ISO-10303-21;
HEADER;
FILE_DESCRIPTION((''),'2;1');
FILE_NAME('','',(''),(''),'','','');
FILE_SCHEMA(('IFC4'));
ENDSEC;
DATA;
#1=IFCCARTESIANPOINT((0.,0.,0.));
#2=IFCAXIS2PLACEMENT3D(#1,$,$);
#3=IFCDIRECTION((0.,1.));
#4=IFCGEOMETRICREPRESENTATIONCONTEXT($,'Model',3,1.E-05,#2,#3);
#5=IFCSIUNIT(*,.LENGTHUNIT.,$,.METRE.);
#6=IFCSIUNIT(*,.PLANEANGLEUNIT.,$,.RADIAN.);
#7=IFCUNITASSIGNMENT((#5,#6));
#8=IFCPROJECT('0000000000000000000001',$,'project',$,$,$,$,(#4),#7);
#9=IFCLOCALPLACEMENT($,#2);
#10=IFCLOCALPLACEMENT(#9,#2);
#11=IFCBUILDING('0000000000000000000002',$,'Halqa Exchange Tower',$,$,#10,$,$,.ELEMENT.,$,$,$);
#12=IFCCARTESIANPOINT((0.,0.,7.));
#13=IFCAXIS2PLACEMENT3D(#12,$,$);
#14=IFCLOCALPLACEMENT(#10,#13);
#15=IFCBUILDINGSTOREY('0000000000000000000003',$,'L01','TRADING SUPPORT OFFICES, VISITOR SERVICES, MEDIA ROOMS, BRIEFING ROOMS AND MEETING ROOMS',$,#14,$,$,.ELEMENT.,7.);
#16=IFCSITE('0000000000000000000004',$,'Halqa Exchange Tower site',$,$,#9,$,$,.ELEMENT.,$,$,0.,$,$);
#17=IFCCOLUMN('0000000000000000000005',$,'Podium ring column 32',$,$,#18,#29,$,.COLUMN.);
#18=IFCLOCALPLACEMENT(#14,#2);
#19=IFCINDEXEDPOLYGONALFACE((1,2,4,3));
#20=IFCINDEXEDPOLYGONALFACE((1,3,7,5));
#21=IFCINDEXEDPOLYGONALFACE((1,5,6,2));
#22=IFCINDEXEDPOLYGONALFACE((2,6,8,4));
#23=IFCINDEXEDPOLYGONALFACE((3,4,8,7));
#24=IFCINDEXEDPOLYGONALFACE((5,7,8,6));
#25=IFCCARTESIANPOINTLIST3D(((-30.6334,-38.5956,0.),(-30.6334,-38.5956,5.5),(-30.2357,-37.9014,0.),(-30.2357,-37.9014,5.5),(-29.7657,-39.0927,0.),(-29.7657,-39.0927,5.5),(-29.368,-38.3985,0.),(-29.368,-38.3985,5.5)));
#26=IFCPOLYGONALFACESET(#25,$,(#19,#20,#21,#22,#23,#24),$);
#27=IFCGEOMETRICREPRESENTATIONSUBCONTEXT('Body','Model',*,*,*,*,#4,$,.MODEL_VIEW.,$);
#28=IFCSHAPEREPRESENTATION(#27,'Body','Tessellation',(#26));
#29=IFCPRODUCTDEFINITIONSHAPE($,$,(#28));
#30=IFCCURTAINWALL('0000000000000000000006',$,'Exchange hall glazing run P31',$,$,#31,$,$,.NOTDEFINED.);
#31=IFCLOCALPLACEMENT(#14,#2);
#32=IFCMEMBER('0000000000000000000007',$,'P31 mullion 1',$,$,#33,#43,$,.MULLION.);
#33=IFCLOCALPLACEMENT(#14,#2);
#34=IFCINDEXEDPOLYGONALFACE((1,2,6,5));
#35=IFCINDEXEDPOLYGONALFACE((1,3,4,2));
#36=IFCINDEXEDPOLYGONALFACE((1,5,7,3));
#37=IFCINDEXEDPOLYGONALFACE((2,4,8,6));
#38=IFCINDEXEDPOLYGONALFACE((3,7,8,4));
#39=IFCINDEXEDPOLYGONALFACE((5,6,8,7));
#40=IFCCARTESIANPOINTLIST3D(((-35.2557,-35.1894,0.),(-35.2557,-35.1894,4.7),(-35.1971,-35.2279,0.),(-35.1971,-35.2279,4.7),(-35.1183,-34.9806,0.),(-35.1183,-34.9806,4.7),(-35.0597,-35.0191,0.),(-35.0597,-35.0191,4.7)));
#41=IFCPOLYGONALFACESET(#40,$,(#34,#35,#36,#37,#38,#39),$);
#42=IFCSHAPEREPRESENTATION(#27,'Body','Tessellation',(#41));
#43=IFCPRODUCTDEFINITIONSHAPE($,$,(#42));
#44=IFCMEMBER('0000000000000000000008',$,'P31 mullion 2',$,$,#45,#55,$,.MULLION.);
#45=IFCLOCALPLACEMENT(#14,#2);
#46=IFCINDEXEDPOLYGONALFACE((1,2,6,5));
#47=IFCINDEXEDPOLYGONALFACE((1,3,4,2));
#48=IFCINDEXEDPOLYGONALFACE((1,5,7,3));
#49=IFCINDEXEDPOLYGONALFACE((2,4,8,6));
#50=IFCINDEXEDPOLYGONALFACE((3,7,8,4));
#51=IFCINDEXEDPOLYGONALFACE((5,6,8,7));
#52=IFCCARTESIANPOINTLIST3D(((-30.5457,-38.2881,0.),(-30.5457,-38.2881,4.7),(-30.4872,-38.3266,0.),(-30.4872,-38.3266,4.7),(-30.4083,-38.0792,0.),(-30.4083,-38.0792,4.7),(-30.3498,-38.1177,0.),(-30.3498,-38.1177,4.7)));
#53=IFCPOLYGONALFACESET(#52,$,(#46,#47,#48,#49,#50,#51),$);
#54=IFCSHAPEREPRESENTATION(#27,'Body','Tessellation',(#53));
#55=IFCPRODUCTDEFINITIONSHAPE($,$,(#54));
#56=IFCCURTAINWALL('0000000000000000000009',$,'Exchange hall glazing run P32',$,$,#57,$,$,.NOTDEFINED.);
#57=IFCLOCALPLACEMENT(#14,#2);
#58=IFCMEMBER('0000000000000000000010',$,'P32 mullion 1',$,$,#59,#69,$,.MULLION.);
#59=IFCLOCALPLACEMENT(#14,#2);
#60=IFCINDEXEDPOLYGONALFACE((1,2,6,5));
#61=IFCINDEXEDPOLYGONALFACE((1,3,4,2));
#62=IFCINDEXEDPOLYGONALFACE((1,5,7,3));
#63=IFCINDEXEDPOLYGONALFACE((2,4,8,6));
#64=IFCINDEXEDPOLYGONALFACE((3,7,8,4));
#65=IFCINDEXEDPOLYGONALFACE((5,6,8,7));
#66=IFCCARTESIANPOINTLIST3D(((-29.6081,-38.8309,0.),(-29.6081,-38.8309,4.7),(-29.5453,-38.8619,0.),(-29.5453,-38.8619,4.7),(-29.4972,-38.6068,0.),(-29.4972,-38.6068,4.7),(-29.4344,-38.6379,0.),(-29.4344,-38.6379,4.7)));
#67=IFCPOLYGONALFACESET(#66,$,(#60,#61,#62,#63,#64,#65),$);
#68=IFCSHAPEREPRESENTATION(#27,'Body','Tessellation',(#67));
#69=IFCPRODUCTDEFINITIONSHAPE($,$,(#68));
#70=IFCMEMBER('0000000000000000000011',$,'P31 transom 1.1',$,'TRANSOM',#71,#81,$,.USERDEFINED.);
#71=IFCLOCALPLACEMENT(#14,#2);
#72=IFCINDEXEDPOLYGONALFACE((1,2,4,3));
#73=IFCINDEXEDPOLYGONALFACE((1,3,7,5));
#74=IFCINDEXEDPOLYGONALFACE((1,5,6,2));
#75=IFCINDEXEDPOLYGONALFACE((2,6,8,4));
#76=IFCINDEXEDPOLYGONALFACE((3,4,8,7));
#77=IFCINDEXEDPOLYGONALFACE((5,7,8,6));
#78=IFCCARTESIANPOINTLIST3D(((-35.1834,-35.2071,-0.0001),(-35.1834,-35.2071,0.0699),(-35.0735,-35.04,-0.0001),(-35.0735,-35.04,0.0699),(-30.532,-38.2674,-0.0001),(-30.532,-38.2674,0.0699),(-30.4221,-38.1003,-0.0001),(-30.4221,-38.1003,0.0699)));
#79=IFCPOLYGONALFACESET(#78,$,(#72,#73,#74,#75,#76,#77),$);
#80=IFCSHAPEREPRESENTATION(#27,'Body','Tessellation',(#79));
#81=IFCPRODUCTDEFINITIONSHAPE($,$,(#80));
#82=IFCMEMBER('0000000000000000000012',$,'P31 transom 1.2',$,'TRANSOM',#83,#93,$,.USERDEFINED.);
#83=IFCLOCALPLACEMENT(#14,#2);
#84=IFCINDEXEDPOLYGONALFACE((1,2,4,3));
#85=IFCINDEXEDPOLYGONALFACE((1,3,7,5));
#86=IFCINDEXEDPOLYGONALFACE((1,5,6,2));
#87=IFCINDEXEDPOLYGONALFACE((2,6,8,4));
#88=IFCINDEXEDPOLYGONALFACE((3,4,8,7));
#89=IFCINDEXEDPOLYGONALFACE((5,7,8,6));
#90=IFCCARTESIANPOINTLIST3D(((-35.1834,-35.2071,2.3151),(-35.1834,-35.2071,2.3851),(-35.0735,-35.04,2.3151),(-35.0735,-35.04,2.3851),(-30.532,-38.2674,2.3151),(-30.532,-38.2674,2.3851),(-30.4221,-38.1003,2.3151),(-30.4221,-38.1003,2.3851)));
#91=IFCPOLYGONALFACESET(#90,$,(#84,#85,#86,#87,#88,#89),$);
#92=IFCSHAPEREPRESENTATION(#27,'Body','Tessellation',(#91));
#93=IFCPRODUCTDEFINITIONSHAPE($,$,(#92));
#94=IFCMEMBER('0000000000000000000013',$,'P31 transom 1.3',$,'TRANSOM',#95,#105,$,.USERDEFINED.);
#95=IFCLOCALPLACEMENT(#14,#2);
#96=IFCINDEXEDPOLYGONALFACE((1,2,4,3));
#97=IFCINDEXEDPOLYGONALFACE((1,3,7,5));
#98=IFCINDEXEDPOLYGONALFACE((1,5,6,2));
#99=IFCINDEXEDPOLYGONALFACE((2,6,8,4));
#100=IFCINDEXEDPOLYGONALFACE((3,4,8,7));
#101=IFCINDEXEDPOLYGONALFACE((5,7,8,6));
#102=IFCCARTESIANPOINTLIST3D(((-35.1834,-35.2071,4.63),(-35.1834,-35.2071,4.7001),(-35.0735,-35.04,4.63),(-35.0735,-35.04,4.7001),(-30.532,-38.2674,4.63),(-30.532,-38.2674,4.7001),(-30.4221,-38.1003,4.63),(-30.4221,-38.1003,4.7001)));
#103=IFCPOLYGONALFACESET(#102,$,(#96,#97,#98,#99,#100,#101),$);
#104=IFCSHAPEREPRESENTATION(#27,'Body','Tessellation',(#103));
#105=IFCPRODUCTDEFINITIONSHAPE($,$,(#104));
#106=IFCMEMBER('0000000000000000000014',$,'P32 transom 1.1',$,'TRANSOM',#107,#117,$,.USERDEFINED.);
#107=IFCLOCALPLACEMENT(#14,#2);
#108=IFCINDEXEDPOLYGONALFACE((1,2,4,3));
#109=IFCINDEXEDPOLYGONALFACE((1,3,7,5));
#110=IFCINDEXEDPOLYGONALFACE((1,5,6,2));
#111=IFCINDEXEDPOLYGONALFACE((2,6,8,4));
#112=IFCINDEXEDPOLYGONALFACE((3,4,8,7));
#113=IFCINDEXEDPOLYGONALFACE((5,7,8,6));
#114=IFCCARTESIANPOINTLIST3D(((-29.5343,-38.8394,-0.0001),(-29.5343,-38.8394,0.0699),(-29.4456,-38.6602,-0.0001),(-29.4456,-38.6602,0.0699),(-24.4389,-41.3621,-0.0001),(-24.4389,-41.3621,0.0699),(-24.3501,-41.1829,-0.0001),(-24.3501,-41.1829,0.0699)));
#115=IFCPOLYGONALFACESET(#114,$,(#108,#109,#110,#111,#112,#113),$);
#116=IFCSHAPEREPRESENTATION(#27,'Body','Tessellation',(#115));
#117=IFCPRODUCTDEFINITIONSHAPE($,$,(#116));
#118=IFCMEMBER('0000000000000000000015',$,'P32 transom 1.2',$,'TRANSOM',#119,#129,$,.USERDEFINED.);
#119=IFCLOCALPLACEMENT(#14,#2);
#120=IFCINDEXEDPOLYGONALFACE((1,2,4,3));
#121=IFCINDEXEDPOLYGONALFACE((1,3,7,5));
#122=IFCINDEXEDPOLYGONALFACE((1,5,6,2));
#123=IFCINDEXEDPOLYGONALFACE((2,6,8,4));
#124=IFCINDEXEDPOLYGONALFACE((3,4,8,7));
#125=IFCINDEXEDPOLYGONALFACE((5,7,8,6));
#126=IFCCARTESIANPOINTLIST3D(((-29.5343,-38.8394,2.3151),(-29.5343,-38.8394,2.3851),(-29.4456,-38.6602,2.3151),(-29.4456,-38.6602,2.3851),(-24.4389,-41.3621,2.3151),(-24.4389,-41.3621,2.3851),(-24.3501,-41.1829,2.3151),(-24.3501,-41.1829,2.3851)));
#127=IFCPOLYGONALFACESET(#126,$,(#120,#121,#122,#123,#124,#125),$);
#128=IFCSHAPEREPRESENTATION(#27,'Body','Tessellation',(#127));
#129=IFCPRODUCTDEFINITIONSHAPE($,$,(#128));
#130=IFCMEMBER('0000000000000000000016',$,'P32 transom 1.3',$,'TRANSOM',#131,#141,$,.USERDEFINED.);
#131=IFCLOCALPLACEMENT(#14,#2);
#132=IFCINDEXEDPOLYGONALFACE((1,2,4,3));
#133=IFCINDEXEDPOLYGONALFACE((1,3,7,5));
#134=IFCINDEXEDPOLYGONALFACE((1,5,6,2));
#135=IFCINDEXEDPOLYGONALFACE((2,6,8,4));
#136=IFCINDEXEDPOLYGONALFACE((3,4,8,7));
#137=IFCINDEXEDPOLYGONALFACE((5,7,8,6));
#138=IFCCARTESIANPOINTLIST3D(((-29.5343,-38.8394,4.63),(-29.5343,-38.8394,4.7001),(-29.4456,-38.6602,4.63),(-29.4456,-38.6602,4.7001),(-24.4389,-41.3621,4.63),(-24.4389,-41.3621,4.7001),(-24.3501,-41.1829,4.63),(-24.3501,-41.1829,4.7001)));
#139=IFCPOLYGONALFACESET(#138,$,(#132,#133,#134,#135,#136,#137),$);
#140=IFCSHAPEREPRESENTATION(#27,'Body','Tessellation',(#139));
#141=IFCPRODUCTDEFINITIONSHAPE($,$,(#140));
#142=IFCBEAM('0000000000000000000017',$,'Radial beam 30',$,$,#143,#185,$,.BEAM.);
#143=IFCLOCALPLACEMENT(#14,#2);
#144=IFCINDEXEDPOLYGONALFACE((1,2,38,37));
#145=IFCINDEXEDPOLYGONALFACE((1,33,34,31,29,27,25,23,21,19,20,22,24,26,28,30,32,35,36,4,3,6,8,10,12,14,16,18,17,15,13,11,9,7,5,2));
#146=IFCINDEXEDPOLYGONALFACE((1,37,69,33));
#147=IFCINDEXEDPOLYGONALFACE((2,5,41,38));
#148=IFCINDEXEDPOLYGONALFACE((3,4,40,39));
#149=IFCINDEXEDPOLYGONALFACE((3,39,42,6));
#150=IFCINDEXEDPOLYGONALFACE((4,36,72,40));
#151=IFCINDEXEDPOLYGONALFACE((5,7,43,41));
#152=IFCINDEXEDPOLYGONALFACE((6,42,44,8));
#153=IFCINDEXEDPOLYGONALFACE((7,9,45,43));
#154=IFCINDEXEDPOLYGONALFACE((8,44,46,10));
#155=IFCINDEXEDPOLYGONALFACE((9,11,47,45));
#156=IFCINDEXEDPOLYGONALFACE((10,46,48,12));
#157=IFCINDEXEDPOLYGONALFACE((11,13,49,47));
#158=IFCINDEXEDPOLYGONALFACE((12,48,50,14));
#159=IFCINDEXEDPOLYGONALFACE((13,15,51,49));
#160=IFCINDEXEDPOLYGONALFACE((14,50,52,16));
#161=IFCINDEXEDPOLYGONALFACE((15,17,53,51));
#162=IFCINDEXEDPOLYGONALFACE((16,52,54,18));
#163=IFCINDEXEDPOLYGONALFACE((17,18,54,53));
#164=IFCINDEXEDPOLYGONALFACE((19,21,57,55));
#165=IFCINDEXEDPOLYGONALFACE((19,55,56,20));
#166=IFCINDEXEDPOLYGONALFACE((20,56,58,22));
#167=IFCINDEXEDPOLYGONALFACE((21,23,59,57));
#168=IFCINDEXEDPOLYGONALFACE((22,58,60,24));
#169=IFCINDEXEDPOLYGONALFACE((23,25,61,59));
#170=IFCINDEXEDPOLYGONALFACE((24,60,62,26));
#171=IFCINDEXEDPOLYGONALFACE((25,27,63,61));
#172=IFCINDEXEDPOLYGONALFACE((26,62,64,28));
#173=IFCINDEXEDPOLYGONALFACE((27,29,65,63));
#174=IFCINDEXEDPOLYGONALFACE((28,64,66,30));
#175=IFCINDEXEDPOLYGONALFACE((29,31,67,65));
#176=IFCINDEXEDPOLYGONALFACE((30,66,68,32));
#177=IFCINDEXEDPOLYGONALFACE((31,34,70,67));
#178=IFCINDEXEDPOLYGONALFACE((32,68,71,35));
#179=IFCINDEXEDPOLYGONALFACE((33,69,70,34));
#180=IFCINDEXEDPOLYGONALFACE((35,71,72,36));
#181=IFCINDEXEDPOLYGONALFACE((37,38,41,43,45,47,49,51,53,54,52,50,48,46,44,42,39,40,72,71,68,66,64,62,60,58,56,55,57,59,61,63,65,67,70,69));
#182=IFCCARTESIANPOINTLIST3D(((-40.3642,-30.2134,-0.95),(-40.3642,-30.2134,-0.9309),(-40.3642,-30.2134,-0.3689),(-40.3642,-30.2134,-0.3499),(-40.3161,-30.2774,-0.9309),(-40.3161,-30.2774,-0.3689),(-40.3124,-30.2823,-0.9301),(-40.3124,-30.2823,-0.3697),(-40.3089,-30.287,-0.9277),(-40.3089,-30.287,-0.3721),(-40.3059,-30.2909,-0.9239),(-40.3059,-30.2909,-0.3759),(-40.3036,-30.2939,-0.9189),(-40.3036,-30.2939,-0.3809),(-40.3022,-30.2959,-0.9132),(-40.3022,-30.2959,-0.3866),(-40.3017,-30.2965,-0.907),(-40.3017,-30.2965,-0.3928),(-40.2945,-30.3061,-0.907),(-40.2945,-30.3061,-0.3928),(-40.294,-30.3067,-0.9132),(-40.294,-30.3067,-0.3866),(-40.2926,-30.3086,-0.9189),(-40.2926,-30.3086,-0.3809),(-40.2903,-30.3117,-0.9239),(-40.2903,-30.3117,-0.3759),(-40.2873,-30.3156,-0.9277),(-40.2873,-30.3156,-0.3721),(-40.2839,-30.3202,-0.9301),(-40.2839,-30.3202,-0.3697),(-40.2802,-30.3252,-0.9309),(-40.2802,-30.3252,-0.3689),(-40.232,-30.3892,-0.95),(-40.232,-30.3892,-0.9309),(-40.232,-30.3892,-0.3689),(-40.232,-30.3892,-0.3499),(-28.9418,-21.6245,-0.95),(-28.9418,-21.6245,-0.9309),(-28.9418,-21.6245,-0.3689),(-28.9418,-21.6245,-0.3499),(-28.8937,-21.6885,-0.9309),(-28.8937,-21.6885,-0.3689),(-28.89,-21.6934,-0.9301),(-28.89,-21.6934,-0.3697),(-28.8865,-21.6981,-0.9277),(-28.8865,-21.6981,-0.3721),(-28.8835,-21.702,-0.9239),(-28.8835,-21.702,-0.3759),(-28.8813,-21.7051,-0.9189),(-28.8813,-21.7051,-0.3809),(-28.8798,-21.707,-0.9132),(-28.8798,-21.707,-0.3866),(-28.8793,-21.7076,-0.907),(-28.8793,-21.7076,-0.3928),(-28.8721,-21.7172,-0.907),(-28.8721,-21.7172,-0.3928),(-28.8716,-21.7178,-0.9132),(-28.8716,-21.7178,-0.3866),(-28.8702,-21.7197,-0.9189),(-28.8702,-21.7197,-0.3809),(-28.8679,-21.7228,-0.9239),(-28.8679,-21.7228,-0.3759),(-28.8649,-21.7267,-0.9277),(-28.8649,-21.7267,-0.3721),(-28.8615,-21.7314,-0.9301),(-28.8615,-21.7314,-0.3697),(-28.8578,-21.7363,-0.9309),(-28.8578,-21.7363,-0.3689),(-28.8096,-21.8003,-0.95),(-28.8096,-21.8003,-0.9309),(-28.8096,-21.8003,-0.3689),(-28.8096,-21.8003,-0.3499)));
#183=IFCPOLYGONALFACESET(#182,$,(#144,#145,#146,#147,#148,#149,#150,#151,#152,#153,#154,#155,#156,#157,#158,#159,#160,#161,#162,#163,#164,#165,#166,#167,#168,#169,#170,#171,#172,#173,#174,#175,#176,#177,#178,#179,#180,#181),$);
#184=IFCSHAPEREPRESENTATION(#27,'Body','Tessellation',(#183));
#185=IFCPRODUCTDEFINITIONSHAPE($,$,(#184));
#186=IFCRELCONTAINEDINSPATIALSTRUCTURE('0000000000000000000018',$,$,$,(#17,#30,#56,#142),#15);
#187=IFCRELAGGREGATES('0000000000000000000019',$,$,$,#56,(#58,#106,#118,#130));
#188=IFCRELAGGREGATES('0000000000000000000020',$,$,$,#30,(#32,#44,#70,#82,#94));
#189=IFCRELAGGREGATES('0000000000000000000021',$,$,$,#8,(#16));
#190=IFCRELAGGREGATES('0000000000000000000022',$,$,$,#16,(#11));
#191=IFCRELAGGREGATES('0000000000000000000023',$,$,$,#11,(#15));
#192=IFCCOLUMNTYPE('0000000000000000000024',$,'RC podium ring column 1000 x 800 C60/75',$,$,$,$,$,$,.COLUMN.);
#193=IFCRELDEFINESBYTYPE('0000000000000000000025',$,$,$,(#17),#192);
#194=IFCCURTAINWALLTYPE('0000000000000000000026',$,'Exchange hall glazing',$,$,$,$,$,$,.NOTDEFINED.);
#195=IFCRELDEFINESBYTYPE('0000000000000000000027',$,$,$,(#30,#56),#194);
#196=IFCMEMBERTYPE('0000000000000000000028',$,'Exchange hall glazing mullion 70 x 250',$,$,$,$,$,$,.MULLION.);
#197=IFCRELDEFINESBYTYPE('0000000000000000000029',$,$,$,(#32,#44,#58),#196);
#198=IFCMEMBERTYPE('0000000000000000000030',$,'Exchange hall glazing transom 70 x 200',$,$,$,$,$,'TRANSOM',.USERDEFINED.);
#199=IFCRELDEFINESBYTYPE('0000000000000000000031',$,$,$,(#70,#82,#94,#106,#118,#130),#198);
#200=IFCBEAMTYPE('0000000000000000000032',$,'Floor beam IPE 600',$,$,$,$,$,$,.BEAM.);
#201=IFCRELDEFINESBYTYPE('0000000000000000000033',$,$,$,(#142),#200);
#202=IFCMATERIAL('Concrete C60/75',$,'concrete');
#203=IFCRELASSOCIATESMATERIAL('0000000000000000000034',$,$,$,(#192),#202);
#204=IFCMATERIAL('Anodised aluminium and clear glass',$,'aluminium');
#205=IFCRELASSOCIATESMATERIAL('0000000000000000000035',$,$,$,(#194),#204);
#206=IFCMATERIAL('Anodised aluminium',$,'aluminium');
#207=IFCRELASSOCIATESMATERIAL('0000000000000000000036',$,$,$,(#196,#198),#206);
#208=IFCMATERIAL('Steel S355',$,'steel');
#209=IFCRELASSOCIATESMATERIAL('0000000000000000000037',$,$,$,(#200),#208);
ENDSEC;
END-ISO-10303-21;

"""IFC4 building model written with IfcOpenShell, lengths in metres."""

from ifc_helpers import new_model, si_unit, direction, frame, origin, origin_2d, place, context, subcontext, project, spatial, rectangle, i_section, extrude, material, material_profile, profile_set, type_object, element, aggregate, save


model = new_model("IFC4")

# Units and contexts
model_context = context("Model", 3, precision=1e-05, world=origin(), true_north=direction((0.0, 1.0)))
body_context = subcontext(model_context, "Body", "Model", "MODEL_VIEW")
ifc_project = project(units=[si_unit("LENGTHUNIT", "METRE"), si_unit("PLANEANGLEUNIT", "RADIAN")], contexts=[model_context])

# Site, building, storey
site_placement = place(None, origin())
site = spatial("IfcSite", under=ifc_project, at=site_placement, Name="Halqa Exchange Tower site", CompositionType="ELEMENT", RefElevation=0.0)
building_placement = place(site_placement, origin())
building = spatial("IfcBuilding", under=site, at=building_placement, Name="Halqa Exchange Tower", CompositionType="ELEMENT")
storey_placement = place(building_placement, frame((0.0, 0.0, 7.0)))
storey = spatial("IfcBuildingStorey", under=building, at=storey_placement, Name="L01", Description="TRADING SUPPORT OFFICES, VISITOR SERVICES, MEDIA ROOMS, BRIEFING ROOMS AND MEETING ROOMS", CompositionType="ELEMENT", Elevation=7.0)

# Column
ifc_material_1 = material(Name="Concrete C60/75", Category="concrete")
ifc_material_profile_1 = material_profile(ifc_material_1, rectangle(XDim=1.0, YDim=0.8, at=origin_2d()), Name="1000 x 800")
ifc_profile_set_1 = profile_set([ifc_material_profile_1], Name="Concrete C60/75")
column_type = type_object("IfcColumnType", Name="RC podium ring column 1000 x 800 C60/75", PredefinedType="COLUMN", material=ifc_profile_set_1)
column_placement = place(storey_placement, frame((-30.0007, -38.4971, 0.0), z_axis=(0.0, 0.0, 1.0), x_axis=(0.867693, -0.4971, 0.0)))
element("IfcColumn", 1, at=column_placement, inside=storey, type_object=column_type, Name="Podium ring column 32", PredefinedType="COLUMN", context=body_context, shape_type="SweptSolid", body=[
    extrude(rectangle(XDim=1.0, YDim=0.8, at=origin_2d()), origin(), (0.0, 0.0, 1.0), 5.5),
])

# Curtain wall, members
ifc_material_2 = material(Name="Anodised aluminium and clear glass", Category="aluminium")
curtain_wall_type = type_object("IfcCurtainWallType", Name="Exchange hall glazing", PredefinedType="NOTDEFINED", material=ifc_material_2)
curtain_wall_1_placement = place(storey_placement, origin())
curtain_wall_1 = element("IfcCurtainWall", 2, at=curtain_wall_1_placement, inside=storey, type_object=curtain_wall_type, Name="Exchange hall glazing run P31", PredefinedType="NOTDEFINED")
ifc_material_3 = material(Name="Anodised aluminium", Category="aluminium")
ifc_material_profile_2 = material_profile(ifc_material_3, rectangle(XDim=0.25, YDim=0.0701, at=origin_2d()), Name="AL 70x250")
ifc_profile_set_2 = profile_set([ifc_material_profile_2], Name="Anodised aluminium")
member_type_1 = type_object("IfcMemberType", Name="Exchange hall glazing mullion 70 x 250", PredefinedType="MULLION", material=ifc_profile_set_2)
member_1_placement = place(storey_placement, frame((-35.1577, -35.1042, 0.0), z_axis=(0.0, 0.0, 1.0), x_axis=(0.54962, 0.835415, 0.0)))
member_1 = element("IfcMember", 3, at=member_1_placement, type_object=member_type_1, Name="P31 mullion 1", PredefinedType="MULLION", context=body_context, shape_type="SweptSolid", body=[
    extrude(rectangle(XDim=0.25, YDim=0.0701, at=origin_2d()), origin(), (0.0, 0.0, 1.0), 4.7),
])
member_2_placement = place(storey_placement, frame((-30.4478, -38.2029, 0.0), z_axis=(0.0, 0.0, 1.0), x_axis=(0.54962, 0.835415, 0.0)))
member_2 = element("IfcMember", 4, at=member_2_placement, type_object=member_type_1, Name="P31 mullion 2", PredefinedType="MULLION", context=body_context, shape_type="SweptSolid", body=[
    extrude(rectangle(XDim=0.25, YDim=0.0701, at=origin_2d()), origin(), (0.0, 0.0, 1.0), 4.7),
])

# Curtain wall, member
curtain_wall_2_placement = place(storey_placement, origin())
curtain_wall_2 = element("IfcCurtainWall", 5, at=curtain_wall_2_placement, inside=storey, type_object=curtain_wall_type, Name="Exchange hall glazing run P32", PredefinedType="NOTDEFINED")
member_3_placement = place(storey_placement, frame((-29.5212, -38.7344, 0.0), z_axis=(0.0, 0.0, 1.0), x_axis=(0.443653, 0.896198, 0.0)))
member_3 = element("IfcMember", 6, at=member_3_placement, type_object=member_type_1, Name="P32 mullion 1", PredefinedType="MULLION", context=body_context, shape_type="SweptSolid", body=[
    extrude(rectangle(XDim=0.25, YDim=0.0701, at=origin_2d()), origin(), (0.0, 0.0, 1.0), 4.7),
])

# Members
ifc_material_profile_3 = material_profile(ifc_material_3, rectangle(XDim=0.2, YDim=0.0701, at=origin_2d()), Name="AL 70x200")
ifc_profile_set_3 = profile_set([ifc_material_profile_3], Name="Anodised aluminium")
member_type_2 = type_object("IfcMemberType", Name="Exchange hall glazing transom 70 x 200", ElementType="TRANSOM", PredefinedType="USERDEFINED", material=ifc_profile_set_3)
member_4_placement = place(storey_placement, frame((-35.1284, -35.1235, 0.0349), z_axis=(0.835401, -0.549641, 0.0), x_axis=(0.549641, 0.835401, 0.0)))
member_4 = element("IfcMember", 7, at=member_4_placement, type_object=member_type_2, Name="P31 transom 1.1", ObjectType="TRANSOM", PredefinedType="USERDEFINED", context=body_context, shape_type="SweptSolid", body=[
    extrude(rectangle(XDim=0.2, YDim=0.0701, at=origin_2d()), origin(), (0.0, 0.0, 1.0), 5.5679),
])
member_5_placement = place(storey_placement, frame((-35.1284, -35.1235, 2.3501), z_axis=(0.835401, -0.549641, 0.0), x_axis=(0.549641, 0.835401, 0.0)))
member_5 = element("IfcMember", 8, at=member_5_placement, type_object=member_type_2, Name="P31 transom 1.2", ObjectType="TRANSOM", PredefinedType="USERDEFINED", context=body_context, shape_type="SweptSolid", body=[
    extrude(rectangle(XDim=0.2, YDim=0.0701, at=origin_2d()), origin(), (0.0, 0.0, 1.0), 5.5679),
])
member_6_placement = place(storey_placement, frame((-35.1284, -35.1235, 4.665), z_axis=(0.835401, -0.549641, 0.0), x_axis=(0.549641, 0.835401, 0.0)))
member_6 = element("IfcMember", 9, at=member_6_placement, type_object=member_type_2, Name="P31 transom 1.3", ObjectType="TRANSOM", PredefinedType="USERDEFINED", context=body_context, shape_type="SweptSolid", body=[
    extrude(rectangle(XDim=0.2, YDim=0.0701, at=origin_2d()), origin(), (0.0, 0.0, 1.0), 5.5679),
])
member_7_placement = place(storey_placement, frame((-29.49, -38.7498, 0.0349), z_axis=(0.896181, -0.443689, 0.0), x_axis=(0.443689, 0.896181, 0.0)))
member_7 = element("IfcMember", 10, at=member_7_placement, type_object=member_type_2, Name="P32 transom 1.1", ObjectType="TRANSOM", PredefinedType="USERDEFINED", context=body_context, shape_type="SweptSolid", body=[
    extrude(rectangle(XDim=0.2, YDim=0.0701, at=origin_2d()), origin(), (0.0, 0.0, 1.0), 5.6858),
])
member_8_placement = place(storey_placement, frame((-29.49, -38.7498, 2.3501), z_axis=(0.896181, -0.443689, 0.0), x_axis=(0.443689, 0.896181, 0.0)))
member_8 = element("IfcMember", 11, at=member_8_placement, type_object=member_type_2, Name="P32 transom 1.2", ObjectType="TRANSOM", PredefinedType="USERDEFINED", context=body_context, shape_type="SweptSolid", body=[
    extrude(rectangle(XDim=0.2, YDim=0.0701, at=origin_2d()), origin(), (0.0, 0.0, 1.0), 5.6858),
])
member_9_placement = place(storey_placement, frame((-29.49, -38.7498, 4.665), z_axis=(0.896181, -0.443689, 0.0), x_axis=(0.443689, 0.896181, 0.0)))
member_9 = element("IfcMember", 12, at=member_9_placement, type_object=member_type_2, Name="P32 transom 1.3", ObjectType="TRANSOM", PredefinedType="USERDEFINED", context=body_context, shape_type="SweptSolid", body=[
    extrude(rectangle(XDim=0.2, YDim=0.0701, at=origin_2d()), origin(), (0.0, 0.0, 1.0), 5.6858),
])
aggregate(curtain_wall_2, [member_3, member_7, member_8, member_9])

# Beam
ifc_material_4 = material(Name="Steel S355", Category="steel")
ifc_material_profile_4 = material_profile(ifc_material_4, i_section(OverallWidth=0.22, OverallDepth=0.6001, WebThickness=0.012, FlangeThickness=0.019, FilletRadius=0.0239, at=origin_2d()), Name="IPE 600")
ifc_profile_set_4 = profile_set([ifc_material_profile_4], Name="Steel S355")
beam_type_1 = type_object("IfcBeamType", Name="Floor beam IPE 600", PredefinedType="BEAM", material=ifc_profile_set_4)
beam_1_placement = place(storey_placement, frame((-28.8757, -21.7124, -0.6499), z_axis=(-0.799257, -0.600989, 0.0), x_axis=(0.600989, -0.799257, 0.0)))
element("IfcBeam", 13, at=beam_1_placement, inside=storey, type_object=beam_type_1, Name="Radial beam 30", PredefinedType="BEAM", context=body_context, shape_type="SweptSolid", body=[
    extrude(i_section(OverallWidth=0.22, OverallDepth=0.6001, WebThickness=0.012, FlangeThickness=0.019, FilletRadius=0.0239, at=origin_2d()), origin(), (0.0, 0.0, 1.0), 14.2913),
])

aggregate(curtain_wall_1, [member_1, member_2, member_4, member_5, member_6])

save(model, "model.ifc")
